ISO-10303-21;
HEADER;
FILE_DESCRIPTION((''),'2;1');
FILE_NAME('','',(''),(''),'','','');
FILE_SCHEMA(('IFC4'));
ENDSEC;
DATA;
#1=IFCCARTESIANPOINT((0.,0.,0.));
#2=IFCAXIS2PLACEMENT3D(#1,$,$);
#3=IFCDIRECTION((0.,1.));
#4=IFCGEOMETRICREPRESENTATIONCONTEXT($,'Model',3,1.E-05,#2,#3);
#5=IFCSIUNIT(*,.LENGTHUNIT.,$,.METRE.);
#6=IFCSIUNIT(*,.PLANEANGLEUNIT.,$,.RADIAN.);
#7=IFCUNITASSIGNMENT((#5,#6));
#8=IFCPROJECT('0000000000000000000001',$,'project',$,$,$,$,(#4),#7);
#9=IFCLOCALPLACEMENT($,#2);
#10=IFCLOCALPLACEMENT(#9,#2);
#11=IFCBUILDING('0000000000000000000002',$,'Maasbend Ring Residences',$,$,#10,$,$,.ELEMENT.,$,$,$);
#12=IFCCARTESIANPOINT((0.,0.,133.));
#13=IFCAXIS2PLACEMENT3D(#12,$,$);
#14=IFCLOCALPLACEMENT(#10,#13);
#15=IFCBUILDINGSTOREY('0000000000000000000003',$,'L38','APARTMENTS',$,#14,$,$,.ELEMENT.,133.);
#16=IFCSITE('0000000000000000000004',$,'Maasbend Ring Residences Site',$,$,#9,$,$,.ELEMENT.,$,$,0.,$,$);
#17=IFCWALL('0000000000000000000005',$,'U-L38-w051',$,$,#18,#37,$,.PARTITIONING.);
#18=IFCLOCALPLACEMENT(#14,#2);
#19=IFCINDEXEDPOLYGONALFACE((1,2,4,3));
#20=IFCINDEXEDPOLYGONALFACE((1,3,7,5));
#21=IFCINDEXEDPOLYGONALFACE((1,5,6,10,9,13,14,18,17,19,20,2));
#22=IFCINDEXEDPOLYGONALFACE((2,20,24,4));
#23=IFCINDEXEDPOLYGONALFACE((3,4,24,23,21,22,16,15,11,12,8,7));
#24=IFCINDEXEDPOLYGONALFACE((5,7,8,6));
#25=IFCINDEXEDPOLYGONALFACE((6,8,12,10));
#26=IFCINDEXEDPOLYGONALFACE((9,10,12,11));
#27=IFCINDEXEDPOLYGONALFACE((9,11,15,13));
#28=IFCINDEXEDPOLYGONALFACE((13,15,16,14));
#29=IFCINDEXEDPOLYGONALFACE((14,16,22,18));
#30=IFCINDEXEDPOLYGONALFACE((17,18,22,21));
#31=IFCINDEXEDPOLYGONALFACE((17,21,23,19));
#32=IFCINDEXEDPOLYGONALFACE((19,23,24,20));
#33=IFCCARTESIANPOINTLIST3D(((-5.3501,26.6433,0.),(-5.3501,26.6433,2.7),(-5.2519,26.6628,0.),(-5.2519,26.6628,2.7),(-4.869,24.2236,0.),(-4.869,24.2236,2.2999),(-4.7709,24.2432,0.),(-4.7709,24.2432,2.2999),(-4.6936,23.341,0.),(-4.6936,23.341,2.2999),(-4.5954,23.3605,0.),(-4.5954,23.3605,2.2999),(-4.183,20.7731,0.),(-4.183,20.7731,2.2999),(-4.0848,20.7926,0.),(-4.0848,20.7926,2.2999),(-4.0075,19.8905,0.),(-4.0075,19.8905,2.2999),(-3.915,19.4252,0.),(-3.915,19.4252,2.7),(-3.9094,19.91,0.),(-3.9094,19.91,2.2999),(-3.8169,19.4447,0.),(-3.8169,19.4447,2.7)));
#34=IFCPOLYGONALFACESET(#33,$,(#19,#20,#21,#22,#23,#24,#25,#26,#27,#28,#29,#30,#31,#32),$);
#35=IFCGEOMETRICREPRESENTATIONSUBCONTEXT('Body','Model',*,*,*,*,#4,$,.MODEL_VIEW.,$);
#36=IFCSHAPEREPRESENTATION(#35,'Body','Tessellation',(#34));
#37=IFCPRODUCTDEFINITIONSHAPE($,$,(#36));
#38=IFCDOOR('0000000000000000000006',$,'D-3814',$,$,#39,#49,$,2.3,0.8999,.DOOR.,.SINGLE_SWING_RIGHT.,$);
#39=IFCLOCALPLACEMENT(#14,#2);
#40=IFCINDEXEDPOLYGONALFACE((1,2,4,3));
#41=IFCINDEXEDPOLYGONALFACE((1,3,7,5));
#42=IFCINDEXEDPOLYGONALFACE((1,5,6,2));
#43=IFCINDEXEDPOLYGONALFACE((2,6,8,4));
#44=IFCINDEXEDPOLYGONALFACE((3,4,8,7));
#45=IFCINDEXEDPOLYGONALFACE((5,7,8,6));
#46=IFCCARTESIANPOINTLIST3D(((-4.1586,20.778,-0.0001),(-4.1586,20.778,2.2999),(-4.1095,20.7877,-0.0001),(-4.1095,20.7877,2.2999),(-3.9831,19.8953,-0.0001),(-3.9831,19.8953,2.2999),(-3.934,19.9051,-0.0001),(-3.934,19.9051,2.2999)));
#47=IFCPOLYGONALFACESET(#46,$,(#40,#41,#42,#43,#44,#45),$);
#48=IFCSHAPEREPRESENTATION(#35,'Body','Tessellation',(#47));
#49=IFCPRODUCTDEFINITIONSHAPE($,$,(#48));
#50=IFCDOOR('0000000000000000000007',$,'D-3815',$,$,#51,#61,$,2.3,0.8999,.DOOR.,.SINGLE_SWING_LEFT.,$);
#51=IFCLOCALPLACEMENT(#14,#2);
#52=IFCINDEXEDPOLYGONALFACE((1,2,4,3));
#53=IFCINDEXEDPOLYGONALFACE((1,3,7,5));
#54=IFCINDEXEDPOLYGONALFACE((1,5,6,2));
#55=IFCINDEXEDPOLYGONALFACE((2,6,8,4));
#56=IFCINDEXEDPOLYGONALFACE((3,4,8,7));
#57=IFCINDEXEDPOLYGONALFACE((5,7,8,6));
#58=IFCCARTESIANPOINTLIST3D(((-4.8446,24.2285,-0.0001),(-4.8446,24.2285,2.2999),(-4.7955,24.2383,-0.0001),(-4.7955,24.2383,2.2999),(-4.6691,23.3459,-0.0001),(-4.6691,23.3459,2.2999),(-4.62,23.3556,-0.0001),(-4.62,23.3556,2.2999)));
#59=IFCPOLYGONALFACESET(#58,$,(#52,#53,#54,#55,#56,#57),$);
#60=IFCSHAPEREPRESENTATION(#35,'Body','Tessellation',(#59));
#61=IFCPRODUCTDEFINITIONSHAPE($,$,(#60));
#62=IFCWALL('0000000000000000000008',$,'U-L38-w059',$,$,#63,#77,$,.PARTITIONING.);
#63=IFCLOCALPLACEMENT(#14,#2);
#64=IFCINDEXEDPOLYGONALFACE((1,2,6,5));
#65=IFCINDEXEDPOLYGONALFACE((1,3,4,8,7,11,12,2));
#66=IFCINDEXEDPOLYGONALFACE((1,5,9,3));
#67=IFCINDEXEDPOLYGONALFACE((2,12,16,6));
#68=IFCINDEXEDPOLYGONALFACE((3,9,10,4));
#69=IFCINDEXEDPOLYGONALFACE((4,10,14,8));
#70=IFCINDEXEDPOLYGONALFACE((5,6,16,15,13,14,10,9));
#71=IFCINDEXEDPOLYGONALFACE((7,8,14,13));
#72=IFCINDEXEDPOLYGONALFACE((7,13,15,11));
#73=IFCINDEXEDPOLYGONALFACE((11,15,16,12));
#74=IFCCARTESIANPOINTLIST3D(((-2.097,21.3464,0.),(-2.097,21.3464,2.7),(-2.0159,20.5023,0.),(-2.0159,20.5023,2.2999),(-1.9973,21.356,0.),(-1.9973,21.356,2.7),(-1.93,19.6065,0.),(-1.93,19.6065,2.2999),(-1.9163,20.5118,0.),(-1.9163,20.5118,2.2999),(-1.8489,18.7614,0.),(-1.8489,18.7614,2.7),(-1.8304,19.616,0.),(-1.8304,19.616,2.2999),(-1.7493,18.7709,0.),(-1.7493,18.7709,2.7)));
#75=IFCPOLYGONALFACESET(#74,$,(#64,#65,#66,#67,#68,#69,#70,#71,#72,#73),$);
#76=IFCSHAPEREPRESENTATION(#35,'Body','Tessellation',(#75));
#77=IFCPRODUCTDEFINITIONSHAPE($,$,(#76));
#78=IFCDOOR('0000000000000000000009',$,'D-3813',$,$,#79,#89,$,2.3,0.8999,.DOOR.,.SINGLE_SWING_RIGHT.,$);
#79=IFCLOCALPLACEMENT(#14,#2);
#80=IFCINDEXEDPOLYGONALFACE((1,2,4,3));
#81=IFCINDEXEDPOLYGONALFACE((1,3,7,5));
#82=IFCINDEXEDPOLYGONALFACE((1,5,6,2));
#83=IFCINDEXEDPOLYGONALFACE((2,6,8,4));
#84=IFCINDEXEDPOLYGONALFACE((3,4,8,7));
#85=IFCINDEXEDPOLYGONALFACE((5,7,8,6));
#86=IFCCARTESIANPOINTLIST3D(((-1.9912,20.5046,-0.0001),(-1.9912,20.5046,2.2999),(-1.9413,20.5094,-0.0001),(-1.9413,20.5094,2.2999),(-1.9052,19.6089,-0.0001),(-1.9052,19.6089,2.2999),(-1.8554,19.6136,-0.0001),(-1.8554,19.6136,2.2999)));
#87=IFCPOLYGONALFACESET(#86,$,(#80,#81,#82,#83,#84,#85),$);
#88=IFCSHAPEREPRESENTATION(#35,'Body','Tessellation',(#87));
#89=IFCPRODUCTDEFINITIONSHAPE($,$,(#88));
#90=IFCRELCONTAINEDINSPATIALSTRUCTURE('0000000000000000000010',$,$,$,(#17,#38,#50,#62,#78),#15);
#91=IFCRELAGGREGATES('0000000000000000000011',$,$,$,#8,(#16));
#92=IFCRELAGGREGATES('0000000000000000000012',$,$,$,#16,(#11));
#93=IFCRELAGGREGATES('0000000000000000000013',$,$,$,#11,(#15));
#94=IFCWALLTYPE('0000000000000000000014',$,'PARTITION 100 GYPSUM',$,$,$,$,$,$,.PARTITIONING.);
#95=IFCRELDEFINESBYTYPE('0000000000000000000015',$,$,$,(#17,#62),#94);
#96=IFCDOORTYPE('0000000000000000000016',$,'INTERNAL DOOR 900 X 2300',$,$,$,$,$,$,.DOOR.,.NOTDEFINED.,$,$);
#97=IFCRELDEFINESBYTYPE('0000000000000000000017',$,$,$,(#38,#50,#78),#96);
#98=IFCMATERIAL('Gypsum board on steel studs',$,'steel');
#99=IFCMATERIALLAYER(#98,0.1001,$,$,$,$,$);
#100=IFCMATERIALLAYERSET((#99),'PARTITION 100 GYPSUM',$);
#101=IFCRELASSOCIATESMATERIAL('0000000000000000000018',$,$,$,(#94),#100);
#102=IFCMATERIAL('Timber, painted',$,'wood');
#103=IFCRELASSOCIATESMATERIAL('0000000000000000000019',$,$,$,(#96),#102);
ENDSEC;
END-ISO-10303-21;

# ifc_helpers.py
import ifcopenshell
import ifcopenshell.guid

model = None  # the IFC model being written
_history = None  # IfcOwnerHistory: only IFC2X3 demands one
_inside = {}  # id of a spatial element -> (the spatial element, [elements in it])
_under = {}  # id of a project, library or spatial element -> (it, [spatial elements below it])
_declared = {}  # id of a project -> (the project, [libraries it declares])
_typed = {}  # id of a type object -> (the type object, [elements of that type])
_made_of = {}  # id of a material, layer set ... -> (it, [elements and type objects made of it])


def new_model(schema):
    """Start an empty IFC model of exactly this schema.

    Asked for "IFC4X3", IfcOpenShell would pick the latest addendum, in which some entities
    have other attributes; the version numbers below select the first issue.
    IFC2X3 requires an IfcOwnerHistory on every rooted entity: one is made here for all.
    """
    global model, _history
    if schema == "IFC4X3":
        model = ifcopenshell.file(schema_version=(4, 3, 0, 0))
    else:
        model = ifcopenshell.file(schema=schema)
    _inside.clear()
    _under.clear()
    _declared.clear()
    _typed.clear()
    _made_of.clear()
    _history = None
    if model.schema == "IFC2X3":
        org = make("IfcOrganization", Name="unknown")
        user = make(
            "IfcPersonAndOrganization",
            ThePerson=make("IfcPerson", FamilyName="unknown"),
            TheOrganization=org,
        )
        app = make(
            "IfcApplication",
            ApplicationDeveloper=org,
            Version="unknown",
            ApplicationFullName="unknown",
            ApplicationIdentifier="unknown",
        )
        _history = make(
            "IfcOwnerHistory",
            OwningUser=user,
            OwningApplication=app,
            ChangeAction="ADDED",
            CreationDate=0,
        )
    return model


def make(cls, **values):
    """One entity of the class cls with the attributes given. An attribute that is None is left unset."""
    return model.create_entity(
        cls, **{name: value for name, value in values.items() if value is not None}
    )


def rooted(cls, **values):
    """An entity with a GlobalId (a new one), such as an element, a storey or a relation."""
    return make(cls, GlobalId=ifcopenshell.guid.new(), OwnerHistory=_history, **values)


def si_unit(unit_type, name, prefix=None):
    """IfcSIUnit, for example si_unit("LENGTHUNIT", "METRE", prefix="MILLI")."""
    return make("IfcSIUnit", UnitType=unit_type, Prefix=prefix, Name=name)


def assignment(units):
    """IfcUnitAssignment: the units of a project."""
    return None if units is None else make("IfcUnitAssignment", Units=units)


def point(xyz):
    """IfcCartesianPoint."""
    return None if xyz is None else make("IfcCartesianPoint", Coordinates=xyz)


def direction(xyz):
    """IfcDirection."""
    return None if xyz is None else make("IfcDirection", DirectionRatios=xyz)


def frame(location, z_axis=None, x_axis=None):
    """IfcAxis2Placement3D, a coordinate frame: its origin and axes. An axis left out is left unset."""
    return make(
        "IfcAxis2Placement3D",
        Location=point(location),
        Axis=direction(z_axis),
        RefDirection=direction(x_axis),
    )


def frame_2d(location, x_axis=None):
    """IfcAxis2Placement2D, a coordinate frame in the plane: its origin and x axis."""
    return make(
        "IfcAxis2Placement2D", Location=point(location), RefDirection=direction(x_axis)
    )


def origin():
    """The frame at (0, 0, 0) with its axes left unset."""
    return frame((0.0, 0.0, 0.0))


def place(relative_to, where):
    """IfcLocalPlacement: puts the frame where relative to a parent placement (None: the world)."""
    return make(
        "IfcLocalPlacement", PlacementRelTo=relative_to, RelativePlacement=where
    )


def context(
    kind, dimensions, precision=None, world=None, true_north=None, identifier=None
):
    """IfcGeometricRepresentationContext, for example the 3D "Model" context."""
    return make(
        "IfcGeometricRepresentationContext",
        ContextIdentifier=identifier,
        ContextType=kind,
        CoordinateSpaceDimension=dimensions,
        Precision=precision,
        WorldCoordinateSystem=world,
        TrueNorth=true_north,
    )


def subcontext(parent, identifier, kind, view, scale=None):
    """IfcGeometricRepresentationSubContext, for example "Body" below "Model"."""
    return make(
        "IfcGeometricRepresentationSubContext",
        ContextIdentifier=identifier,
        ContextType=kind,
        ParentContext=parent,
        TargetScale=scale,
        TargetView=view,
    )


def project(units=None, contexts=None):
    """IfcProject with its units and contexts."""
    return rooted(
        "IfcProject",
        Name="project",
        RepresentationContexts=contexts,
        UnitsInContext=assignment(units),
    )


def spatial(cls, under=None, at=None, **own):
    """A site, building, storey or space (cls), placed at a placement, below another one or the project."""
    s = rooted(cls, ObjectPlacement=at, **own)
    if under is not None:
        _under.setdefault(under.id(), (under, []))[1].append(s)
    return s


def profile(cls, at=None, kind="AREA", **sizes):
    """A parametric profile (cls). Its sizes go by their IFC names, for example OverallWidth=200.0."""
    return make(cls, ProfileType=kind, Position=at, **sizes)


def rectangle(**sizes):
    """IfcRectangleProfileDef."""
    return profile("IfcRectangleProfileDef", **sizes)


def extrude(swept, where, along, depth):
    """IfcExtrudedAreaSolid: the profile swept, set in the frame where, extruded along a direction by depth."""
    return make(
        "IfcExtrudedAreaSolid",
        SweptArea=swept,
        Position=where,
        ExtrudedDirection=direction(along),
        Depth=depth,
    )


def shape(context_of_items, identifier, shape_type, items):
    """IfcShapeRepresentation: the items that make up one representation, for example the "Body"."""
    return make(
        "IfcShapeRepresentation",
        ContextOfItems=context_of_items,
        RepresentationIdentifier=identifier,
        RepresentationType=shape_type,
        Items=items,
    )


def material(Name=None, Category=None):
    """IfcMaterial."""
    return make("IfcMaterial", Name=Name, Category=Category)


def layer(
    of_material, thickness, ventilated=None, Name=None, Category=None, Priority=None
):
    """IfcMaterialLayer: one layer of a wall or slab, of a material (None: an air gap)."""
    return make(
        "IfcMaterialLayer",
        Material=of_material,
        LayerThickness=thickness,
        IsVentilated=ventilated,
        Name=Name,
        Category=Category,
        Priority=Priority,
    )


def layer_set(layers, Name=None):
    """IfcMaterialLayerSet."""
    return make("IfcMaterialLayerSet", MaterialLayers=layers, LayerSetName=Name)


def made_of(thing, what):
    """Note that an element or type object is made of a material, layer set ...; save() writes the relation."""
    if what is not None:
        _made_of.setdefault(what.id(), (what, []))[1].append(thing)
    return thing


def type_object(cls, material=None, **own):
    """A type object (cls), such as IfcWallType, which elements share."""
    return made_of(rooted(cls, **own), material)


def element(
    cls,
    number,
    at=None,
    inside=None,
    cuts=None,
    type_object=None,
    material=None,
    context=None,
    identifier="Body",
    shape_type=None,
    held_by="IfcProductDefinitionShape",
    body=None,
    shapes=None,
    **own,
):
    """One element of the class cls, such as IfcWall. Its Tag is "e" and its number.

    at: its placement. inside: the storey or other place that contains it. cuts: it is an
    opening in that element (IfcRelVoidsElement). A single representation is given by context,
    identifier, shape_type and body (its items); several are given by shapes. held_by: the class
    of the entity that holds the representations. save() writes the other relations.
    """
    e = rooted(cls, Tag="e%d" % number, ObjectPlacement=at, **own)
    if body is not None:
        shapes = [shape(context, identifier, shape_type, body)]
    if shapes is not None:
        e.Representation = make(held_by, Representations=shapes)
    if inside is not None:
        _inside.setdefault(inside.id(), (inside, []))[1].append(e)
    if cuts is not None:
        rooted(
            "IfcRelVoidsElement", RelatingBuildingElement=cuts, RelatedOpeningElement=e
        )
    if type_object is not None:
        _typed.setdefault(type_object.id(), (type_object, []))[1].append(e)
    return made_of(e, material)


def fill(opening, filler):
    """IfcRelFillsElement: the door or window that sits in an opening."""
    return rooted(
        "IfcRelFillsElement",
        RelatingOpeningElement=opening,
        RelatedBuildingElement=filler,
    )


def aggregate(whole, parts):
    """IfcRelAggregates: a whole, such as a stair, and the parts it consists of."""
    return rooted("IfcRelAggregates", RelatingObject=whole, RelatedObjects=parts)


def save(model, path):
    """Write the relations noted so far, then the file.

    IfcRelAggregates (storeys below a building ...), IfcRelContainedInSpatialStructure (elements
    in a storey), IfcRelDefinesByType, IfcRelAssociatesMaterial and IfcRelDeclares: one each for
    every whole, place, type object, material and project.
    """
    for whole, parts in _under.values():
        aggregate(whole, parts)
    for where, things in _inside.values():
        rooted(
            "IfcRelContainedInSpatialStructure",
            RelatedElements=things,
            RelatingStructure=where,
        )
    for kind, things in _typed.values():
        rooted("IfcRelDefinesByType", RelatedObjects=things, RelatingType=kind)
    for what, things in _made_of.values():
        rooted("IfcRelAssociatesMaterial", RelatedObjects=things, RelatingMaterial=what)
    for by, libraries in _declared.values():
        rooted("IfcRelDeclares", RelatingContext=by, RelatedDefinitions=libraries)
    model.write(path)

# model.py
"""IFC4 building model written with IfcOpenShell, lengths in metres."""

from ifc_helpers import new_model, si_unit, direction, frame, frame_2d, origin, place, context, subcontext, project, spatial, rectangle, extrude, material, layer, layer_set, type_object, element, fill, save


model = new_model("IFC4")

# Units and contexts
model_context = context("Model", 3, precision=1e-05, world=origin(), true_north=direction((0.0, 1.0)))
body_context = subcontext(model_context, "Body", "Model", "MODEL_VIEW")
ifc_project = project(units=[si_unit("LENGTHUNIT", "METRE"), si_unit("PLANEANGLEUNIT", "RADIAN")], contexts=[model_context])

# Site, building, storey
site_placement = place(None, origin())
site = spatial("IfcSite", under=ifc_project, at=site_placement, Name="Maasbend Ring Residences Site", CompositionType="ELEMENT", RefElevation=0.0)
building_placement = place(site_placement, origin())
building = spatial("IfcBuilding", under=site, at=building_placement, Name="Maasbend Ring Residences", CompositionType="ELEMENT")
storey_placement = place(building_placement, frame((0.0, 0.0, 133.0)))
storey = spatial("IfcBuildingStorey", under=building, at=storey_placement, Name="L38", Description="APARTMENTS", CompositionType="ELEMENT", Elevation=133.0)

# Shared definitions
ifc_material_1 = material(Name="Gypsum board on steel studs", Category="steel")
ifc_layer_1 = layer(ifc_material_1, 0.1001)
ifc_layer_set_1 = layer_set([ifc_layer_1], Name="PARTITION 100 GYPSUM")
wall_type_1 = type_object("IfcWallType", Name="PARTITION 100 GYPSUM", PredefinedType="PARTITIONING", material=ifc_layer_set_1)
ifc_material_2 = material(Name="Timber, painted", Category="wood")
door_type_1 = type_object("IfcDoorType", Name="INTERNAL DOOR 900 X 2300", OperationType="NOTDEFINED", PredefinedType="DOOR", material=ifc_material_2)

# Wall, openings, doors
wall_1_placement = place(storey_placement, frame((-5.301, 26.6531, 0.0), z_axis=(0.0, 0.0, 1.0), x_axis=(0.195, -0.980803, 0.0)))
wall_1 = element("IfcWall", 1, at=wall_1_placement, inside=storey, type_object=wall_type_1, Name="U-L38-w051", PredefinedType="PARTITIONING", context=body_context, shape_type="SweptSolid", body=[
    extrude(rectangle(XDim=7.3594, YDim=0.1001, at=frame_2d((3.6797, 0.0))), origin(), (0.0, 0.0, 1.0), 2.7),
])
opening_1_placement = place(wall_1_placement, frame((5.9851, 0.0, 0.0)))
opening_1 = element("IfcOpeningElement", 2, at=opening_1_placement, cuts=wall_1, PredefinedType="OPENING", context=body_context, shape_type="SweptSolid", body=[
    extrude(rectangle(XDim=0.8999, YDim=2.3, at=frame_2d((0.45, 1.1499))), frame((0.0, 0.0601, 0.0), z_axis=(0.0, -1.0, 0.0), x_axis=(1.0, 0.0, 0.0)), (0.0, 0.0, 1.0), 0.1201),
])
opening_2_placement = place(wall_1_placement, frame((2.467, 0.0, 0.0)))
opening_2 = element("IfcOpeningElement", 3, at=opening_2_placement, cuts=wall_1, PredefinedType="OPENING", context=body_context, shape_type="SweptSolid", body=[
    extrude(rectangle(XDim=0.8999, YDim=2.3, at=frame_2d((0.45, 1.1499))), frame((0.0, 0.0601, 0.0), z_axis=(0.0, -1.0, 0.0), x_axis=(1.0, 0.0, 0.0)), (0.0, 0.0, 1.0), 0.1201),
])
door_1_placement = place(opening_1_placement, origin())
door_1 = element("IfcDoor", 4, at=door_1_placement, inside=storey, type_object=door_type_1, Name="D-3814", OperationType="SINGLE_SWING_RIGHT", OverallHeight=2.3, OverallWidth=0.8999, PredefinedType="DOOR", context=body_context, shape_type="SweptSolid", body=[
    extrude(rectangle(XDim=0.8999, YDim=2.3, at=frame_2d((0.45, 1.1499))), frame((0.0, 0.0249, 0.0), z_axis=(0.0, -1.0, 0.0), x_axis=(1.0, 0.0, 0.0)), (0.0, 0.0, 1.0), 0.05),
])
fill(opening_1, door_1)
door_2_placement = place(opening_2_placement, origin())
door_2 = element("IfcDoor", 5, at=door_2_placement, inside=storey, type_object=door_type_1, Name="D-3815", OperationType="SINGLE_SWING_LEFT", OverallHeight=2.3, OverallWidth=0.8999, PredefinedType="DOOR", context=body_context, shape_type="SweptSolid", body=[
    extrude(rectangle(XDim=0.8999, YDim=2.3, at=frame_2d((0.45, 1.1499))), frame((0.0, 0.0249, 0.0), z_axis=(0.0, -1.0, 0.0), x_axis=(1.0, 0.0, 0.0)), (0.0, 0.0, 1.0), 0.05),
])
fill(opening_2, door_2)

# Wall, opening, door
wall_2_placement = place(storey_placement, frame((-2.0471, 21.3511, 0.0), z_axis=(0.0, 0.0, 1.0), x_axis=(0.095519, -0.995428, 0.0)))
wall_2 = element("IfcWall", 6, at=wall_2_placement, inside=storey, type_object=wall_type_1, Name="U-L38-w059", PredefinedType="PARTITIONING", context=body_context, shape_type="SweptSolid", body=[
    extrude(rectangle(XDim=2.5969, YDim=0.1001, at=frame_2d((1.2983, 0.0))), origin(), (0.0, 0.0, 1.0), 2.7),
])
opening_3_placement = place(wall_2_placement, frame((0.8479, 0.0, 0.0)))
opening_3 = element("IfcOpeningElement", 7, at=opening_3_placement, cuts=wall_2, PredefinedType="OPENING", context=body_context, shape_type="SweptSolid", body=[
    extrude(rectangle(XDim=0.8999, YDim=2.3, at=frame_2d((0.45, 1.1499))), frame((0.0, 0.0601, 0.0), z_axis=(0.0, -1.0, 0.0), x_axis=(1.0, 0.0, 0.0)), (0.0, 0.0, 1.0), 0.1201),
])
door_3_placement = place(opening_3_placement, origin())
door_3 = element("IfcDoor", 8, at=door_3_placement, inside=storey, type_object=door_type_1, Name="D-3813", OperationType="SINGLE_SWING_RIGHT", OverallHeight=2.3, OverallWidth=0.8999, PredefinedType="DOOR", context=body_context, shape_type="SweptSolid", body=[
    extrude(rectangle(XDim=0.8999, YDim=2.3, at=frame_2d((0.45, 1.1499))), frame((0.0, 0.0249, 0.0), z_axis=(0.0, -1.0, 0.0), x_axis=(1.0, 0.0, 0.0)), (0.0, 0.0, 1.0), 0.05),
])
fill(opening_3, door_3)

save(model, "model.ifc")
